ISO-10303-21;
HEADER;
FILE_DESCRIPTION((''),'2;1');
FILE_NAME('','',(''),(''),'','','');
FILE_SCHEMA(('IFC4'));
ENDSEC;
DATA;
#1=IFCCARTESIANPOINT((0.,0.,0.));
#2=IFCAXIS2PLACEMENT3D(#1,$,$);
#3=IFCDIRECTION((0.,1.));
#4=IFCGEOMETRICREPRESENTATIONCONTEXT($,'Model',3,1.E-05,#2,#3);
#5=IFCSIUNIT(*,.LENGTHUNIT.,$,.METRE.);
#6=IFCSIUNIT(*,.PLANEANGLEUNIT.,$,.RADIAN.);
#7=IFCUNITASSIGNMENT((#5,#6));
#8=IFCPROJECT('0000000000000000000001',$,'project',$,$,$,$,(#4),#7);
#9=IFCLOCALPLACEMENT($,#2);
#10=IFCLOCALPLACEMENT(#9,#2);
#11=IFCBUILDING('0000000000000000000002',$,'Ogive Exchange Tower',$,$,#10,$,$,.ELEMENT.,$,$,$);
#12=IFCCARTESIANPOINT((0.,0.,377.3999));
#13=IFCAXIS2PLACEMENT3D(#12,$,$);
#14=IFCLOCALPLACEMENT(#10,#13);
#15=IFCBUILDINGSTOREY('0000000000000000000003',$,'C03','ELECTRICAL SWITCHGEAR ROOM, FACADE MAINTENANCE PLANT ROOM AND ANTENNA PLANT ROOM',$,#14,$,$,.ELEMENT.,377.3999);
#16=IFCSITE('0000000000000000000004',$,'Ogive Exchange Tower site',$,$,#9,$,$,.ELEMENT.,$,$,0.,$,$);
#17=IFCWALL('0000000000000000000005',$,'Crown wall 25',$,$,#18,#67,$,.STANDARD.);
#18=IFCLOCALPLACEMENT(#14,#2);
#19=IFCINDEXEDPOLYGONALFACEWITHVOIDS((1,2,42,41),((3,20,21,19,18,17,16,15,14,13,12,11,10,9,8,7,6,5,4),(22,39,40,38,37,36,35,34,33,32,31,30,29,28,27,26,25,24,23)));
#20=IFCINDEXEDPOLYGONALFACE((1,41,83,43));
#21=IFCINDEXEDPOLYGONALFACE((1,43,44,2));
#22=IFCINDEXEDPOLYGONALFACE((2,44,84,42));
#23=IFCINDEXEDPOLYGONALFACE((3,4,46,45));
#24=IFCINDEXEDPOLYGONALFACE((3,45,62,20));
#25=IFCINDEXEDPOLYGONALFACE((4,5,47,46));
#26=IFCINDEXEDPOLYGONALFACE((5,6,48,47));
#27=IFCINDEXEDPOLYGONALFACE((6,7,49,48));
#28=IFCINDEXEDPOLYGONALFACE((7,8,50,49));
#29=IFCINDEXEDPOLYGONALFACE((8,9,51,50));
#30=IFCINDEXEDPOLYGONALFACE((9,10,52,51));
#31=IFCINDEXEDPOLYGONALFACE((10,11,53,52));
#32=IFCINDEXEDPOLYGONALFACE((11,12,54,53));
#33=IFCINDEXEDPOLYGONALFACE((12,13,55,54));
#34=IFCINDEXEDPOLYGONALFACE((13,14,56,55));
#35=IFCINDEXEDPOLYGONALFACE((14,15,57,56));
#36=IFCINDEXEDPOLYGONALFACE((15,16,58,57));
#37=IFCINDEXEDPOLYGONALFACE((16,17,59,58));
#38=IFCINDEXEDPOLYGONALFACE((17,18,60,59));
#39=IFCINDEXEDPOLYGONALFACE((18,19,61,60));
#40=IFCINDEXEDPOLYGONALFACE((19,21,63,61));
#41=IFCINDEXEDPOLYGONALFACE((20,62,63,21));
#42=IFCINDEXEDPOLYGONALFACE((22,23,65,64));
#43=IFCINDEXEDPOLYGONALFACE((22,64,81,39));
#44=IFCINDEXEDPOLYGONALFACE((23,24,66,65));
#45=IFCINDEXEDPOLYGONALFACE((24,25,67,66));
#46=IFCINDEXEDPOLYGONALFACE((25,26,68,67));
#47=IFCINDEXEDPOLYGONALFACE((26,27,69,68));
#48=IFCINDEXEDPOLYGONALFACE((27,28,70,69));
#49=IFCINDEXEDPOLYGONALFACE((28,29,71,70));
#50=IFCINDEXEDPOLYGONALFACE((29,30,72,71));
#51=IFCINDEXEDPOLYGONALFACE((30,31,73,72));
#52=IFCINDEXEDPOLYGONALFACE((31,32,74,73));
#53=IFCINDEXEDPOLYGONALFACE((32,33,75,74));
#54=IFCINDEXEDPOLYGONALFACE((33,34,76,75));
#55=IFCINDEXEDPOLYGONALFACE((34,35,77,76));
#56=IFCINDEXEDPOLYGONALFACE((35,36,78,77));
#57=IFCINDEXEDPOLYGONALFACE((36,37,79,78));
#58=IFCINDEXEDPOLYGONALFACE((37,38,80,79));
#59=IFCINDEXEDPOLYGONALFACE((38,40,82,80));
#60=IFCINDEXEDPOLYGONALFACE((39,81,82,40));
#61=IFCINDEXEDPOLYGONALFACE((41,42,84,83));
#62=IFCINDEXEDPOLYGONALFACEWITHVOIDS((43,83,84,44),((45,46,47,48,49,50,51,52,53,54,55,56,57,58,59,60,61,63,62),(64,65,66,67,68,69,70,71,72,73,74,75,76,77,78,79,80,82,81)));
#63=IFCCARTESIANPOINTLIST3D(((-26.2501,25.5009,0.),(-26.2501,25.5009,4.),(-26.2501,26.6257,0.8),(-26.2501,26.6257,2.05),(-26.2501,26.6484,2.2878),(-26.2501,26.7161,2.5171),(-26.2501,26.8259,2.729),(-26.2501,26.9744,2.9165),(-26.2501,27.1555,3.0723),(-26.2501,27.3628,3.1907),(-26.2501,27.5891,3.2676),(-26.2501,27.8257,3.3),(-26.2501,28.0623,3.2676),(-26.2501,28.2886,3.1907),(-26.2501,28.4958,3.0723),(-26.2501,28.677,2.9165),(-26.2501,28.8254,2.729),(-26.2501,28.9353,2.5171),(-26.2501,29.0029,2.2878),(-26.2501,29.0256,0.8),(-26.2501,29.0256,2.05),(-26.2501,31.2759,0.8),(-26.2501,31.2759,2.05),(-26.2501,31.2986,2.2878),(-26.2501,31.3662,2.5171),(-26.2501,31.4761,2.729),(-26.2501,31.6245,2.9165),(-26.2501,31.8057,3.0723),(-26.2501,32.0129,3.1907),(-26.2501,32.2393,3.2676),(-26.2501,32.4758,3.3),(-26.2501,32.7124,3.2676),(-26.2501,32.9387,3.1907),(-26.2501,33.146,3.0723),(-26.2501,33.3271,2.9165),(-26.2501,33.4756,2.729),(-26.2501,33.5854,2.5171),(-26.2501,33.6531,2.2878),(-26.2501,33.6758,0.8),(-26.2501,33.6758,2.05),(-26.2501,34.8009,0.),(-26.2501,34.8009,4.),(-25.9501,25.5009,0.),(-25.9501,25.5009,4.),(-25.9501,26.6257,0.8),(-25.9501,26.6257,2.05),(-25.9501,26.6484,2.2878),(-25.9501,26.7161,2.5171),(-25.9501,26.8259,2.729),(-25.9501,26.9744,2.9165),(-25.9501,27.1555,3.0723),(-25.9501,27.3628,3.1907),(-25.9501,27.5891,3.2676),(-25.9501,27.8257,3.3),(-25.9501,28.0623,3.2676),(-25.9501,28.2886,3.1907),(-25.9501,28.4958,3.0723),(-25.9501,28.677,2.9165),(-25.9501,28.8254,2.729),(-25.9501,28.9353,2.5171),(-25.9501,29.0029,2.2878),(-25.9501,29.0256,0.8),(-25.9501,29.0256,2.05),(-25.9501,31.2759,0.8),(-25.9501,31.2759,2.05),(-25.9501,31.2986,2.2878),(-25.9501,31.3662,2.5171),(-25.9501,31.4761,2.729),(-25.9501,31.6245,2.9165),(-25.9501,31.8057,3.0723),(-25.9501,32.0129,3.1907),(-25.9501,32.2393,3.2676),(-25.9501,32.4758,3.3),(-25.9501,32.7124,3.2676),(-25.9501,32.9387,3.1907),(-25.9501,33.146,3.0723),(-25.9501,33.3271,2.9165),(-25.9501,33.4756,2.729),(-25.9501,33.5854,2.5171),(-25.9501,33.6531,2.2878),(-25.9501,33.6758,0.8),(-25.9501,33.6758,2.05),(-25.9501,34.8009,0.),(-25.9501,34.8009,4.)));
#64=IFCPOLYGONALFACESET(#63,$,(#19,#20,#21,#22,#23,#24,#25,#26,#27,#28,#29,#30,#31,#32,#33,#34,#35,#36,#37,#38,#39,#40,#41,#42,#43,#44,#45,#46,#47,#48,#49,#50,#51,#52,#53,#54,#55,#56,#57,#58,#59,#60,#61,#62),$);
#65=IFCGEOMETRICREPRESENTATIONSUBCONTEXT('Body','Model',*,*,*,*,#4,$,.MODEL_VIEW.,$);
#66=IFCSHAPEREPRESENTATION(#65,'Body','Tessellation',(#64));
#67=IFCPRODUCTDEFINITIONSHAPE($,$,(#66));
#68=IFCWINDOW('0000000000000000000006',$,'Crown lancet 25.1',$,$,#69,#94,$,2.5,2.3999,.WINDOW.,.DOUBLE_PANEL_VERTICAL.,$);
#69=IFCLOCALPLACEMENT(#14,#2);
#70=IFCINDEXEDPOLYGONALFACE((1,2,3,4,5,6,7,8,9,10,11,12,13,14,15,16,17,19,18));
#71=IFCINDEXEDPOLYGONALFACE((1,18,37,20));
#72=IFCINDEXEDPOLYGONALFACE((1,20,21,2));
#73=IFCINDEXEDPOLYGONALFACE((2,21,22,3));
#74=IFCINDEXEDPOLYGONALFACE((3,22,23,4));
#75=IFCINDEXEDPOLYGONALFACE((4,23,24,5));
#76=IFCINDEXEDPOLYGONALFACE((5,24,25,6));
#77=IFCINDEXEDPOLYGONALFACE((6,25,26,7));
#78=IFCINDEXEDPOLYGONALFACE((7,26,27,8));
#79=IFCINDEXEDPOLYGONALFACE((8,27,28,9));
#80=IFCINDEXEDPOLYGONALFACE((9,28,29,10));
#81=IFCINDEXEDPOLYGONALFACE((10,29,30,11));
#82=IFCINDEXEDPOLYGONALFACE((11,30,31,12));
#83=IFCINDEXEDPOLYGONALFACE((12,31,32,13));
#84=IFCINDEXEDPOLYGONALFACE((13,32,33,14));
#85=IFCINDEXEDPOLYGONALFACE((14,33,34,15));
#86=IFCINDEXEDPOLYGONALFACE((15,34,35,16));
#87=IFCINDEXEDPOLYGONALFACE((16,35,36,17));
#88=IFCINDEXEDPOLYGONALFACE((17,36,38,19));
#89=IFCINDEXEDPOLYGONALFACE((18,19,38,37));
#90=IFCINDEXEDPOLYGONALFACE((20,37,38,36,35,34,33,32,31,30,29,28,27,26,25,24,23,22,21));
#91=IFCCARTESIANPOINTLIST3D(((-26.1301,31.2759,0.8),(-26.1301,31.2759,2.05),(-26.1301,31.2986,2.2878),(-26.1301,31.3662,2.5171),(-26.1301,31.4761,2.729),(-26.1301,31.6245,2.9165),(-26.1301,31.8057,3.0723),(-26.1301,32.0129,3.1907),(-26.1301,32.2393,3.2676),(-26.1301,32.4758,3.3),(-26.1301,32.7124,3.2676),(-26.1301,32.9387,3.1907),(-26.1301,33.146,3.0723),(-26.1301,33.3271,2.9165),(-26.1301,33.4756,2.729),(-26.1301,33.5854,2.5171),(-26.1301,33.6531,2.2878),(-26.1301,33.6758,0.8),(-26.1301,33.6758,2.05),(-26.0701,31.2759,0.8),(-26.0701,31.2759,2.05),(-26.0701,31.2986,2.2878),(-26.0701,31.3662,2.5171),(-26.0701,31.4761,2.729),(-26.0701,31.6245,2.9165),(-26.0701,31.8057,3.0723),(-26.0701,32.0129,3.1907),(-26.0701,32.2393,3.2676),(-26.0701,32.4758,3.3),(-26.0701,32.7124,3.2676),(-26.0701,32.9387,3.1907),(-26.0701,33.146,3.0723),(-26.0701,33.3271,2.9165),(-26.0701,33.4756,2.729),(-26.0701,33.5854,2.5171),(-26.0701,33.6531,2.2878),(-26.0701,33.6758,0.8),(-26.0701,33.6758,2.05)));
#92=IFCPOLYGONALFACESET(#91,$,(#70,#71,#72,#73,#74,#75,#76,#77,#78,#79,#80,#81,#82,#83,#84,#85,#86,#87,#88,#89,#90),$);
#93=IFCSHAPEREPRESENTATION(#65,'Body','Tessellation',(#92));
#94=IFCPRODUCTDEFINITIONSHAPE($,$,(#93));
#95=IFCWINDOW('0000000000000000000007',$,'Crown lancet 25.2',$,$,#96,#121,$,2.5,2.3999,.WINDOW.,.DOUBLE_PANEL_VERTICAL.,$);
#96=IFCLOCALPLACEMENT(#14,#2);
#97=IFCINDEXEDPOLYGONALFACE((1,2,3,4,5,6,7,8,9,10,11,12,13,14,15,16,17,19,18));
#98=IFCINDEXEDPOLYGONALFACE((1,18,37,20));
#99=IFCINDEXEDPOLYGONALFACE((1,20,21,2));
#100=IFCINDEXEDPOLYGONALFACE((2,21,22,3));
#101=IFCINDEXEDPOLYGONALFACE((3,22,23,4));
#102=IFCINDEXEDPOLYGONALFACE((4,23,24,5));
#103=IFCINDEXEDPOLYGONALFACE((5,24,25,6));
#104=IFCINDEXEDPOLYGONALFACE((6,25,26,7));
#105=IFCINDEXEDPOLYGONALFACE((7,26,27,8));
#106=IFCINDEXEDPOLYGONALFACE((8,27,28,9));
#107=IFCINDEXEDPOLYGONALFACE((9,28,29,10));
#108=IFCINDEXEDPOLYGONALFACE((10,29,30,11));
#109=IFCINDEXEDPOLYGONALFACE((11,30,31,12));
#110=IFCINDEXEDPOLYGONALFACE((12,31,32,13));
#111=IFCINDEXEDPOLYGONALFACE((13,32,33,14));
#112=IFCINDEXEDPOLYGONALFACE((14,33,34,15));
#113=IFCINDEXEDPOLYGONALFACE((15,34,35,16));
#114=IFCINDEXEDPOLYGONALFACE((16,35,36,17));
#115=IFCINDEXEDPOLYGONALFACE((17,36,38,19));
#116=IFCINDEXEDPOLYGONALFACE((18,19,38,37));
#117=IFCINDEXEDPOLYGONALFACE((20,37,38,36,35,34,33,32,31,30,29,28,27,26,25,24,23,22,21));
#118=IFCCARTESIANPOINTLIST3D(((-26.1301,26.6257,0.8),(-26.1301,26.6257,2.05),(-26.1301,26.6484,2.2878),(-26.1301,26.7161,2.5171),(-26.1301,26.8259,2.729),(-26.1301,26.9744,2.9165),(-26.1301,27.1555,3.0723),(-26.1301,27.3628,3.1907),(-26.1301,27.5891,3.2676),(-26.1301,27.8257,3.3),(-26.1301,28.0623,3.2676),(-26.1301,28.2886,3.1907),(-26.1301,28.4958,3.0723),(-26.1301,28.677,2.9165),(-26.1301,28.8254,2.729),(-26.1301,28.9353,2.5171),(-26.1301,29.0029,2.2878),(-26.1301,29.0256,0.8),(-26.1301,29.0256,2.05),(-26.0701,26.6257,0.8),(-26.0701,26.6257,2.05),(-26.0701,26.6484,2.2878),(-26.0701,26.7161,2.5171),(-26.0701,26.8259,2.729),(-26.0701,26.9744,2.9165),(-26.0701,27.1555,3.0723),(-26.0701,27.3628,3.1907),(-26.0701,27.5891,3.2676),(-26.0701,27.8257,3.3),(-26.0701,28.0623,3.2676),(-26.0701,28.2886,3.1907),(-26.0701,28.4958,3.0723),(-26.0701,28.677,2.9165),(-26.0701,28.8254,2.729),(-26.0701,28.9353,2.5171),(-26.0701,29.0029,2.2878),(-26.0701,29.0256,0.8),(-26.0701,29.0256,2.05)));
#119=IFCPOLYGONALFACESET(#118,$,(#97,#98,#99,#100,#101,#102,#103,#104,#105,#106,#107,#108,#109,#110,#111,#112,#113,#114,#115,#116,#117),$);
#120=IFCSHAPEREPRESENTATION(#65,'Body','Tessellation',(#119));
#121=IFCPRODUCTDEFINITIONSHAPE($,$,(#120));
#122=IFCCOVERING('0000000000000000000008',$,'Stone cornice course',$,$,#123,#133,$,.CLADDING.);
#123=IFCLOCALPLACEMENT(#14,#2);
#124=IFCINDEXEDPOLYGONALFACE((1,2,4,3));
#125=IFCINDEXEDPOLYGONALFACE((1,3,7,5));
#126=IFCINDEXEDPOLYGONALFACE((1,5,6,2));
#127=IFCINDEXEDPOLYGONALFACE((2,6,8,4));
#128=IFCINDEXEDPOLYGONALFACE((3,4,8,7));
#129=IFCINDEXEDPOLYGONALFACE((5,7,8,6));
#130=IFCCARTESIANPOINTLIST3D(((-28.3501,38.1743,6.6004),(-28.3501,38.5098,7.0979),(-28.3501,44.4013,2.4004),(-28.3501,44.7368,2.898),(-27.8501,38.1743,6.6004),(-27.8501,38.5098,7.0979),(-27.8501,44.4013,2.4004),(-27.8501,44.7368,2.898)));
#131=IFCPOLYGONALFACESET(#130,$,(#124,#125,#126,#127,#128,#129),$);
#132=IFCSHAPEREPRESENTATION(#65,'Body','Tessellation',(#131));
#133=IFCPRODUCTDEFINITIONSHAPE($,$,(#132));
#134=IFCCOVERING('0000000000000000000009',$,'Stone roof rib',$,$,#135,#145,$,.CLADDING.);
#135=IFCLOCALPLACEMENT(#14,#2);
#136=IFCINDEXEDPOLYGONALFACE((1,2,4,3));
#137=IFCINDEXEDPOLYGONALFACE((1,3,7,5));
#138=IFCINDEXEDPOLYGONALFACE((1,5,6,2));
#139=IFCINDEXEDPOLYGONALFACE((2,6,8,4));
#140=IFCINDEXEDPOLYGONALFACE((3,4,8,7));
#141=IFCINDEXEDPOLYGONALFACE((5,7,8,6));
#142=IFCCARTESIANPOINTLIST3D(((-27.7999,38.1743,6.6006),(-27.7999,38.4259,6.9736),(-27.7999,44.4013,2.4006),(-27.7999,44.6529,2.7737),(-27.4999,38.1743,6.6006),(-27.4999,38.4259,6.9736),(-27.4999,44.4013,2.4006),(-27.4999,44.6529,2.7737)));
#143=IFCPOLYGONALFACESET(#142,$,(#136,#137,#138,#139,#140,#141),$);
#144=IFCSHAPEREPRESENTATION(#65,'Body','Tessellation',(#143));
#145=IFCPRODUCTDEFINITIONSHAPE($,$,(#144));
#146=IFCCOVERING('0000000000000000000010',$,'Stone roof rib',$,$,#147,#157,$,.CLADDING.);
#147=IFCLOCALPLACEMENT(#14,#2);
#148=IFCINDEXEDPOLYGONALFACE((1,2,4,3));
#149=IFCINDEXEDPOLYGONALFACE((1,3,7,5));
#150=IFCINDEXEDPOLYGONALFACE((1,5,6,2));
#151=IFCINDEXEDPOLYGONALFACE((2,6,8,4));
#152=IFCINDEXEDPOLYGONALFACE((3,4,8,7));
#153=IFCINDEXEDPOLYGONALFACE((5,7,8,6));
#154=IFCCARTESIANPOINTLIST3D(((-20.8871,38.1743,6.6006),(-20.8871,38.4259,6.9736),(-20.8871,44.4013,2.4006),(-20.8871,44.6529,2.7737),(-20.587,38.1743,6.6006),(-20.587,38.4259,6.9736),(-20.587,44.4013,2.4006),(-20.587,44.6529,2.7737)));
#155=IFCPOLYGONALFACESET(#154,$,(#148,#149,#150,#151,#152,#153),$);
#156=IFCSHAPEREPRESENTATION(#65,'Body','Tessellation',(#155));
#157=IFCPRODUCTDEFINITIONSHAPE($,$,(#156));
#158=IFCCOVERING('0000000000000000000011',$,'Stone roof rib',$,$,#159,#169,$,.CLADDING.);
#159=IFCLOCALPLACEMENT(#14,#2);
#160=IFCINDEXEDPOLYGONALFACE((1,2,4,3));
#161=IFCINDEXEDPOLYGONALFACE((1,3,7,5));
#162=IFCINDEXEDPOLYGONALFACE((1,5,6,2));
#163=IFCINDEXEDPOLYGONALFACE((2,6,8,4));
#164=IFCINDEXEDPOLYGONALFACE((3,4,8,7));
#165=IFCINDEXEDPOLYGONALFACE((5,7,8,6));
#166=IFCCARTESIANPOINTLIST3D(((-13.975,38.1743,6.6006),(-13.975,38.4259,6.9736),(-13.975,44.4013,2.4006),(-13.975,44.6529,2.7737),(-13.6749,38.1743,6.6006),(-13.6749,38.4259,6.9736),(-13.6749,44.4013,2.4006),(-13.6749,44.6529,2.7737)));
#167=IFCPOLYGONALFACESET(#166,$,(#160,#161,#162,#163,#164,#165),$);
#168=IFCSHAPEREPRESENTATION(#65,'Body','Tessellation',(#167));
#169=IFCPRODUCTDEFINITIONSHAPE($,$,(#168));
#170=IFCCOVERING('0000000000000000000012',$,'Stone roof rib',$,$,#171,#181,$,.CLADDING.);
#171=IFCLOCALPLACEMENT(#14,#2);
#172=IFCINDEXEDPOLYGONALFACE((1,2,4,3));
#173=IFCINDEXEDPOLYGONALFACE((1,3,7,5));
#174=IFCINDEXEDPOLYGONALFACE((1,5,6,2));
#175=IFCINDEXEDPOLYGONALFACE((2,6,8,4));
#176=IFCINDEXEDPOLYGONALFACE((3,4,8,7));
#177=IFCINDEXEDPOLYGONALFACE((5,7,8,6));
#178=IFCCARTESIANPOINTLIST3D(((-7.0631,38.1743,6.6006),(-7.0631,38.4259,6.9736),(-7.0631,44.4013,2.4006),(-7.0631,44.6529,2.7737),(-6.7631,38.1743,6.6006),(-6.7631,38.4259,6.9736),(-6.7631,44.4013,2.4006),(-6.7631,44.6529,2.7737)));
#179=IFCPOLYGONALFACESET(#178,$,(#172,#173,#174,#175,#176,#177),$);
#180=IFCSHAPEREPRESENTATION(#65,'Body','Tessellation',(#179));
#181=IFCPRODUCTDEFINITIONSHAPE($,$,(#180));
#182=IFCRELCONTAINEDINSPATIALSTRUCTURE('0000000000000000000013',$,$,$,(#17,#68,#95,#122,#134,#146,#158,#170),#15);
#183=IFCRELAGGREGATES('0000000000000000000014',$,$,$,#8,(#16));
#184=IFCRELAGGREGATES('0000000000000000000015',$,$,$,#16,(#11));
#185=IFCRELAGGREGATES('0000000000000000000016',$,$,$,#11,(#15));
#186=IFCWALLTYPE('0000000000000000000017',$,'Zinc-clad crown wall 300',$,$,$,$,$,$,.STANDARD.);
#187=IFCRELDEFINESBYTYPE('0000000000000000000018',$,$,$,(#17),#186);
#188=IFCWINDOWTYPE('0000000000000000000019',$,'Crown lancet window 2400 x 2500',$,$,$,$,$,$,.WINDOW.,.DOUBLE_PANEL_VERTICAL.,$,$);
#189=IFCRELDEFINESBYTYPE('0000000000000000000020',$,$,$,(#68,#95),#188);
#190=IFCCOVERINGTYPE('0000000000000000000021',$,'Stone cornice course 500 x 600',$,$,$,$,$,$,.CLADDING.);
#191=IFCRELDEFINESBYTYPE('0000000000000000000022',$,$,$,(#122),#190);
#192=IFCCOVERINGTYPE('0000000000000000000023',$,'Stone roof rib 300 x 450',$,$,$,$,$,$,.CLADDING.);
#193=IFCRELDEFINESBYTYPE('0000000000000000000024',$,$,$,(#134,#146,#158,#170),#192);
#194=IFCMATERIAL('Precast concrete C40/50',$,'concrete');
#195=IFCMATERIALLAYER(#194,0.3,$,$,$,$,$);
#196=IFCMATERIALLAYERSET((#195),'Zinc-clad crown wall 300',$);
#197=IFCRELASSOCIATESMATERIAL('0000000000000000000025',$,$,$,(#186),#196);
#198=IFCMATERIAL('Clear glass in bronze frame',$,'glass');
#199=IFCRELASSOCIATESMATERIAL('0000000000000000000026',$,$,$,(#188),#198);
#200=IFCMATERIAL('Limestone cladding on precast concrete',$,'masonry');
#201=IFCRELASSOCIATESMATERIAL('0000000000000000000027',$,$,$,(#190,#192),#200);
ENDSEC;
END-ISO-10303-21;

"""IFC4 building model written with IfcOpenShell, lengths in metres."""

from ifc_helpers import new_model, si_unit, direction, frame, frame_2d, origin, origin_2d, place, context, subcontext, project, spatial, polyline, rectangle, outline, extrude, material, layer, layer_set, material_profile, profile_set, type_object, element, fill, save


model = new_model("IFC4")

# Units and contexts
model_context = context("Model", 3, precision=1e-05, world=origin(), true_north=direction((0.0, 1.0)))
body_context = subcontext(model_context, "Body", "Model", "MODEL_VIEW")
ifc_project = project(units=[si_unit("LENGTHUNIT", "METRE"), si_unit("PLANEANGLEUNIT", "RADIAN")], contexts=[model_context])

# Site, building, storey
site_placement = place(None, origin())
site = spatial("IfcSite", under=ifc_project, at=site_placement, Name="Ogive Exchange Tower site", CompositionType="ELEMENT", RefElevation=0.0)
building_placement = place(site_placement, origin())
building = spatial("IfcBuilding", under=site, at=building_placement, Name="Ogive Exchange Tower", CompositionType="ELEMENT")
storey_placement = place(building_placement, frame((0.0, 0.0, 377.3999)))
storey = spatial("IfcBuildingStorey", under=building, at=storey_placement, Name="C03", Description="ELECTRICAL SWITCHGEAR ROOM, FACADE MAINTENANCE PLANT ROOM AND ANTENNA PLANT ROOM", CompositionType="ELEMENT", Elevation=377.3999)

# Shared definitions
ifc_material_1 = material(Name="Precast concrete C40/50", Category="concrete")

# Shared definitions
ifc_layer_1 = layer(ifc_material_1, 0.3)
ifc_layer_set_1 = layer_set([ifc_layer_1], Name="Zinc-clad crown wall 300")
wall_type_1 = type_object("IfcWallType", Name="Zinc-clad crown wall 300", PredefinedType="STANDARD", material=ifc_layer_set_1)

# Shared definitions
ifc_material_2 = material(Name="Clear glass in bronze frame", Category="glass")

# Wall, openings, windows
wall_1_placement = place(storey_placement, frame((-26.1001, 34.8008, 0.0), z_axis=(0.0, 0.0, 1.0), x_axis=(0.0, -1.0, 0.0)))
wall_1 = element("IfcWall", 1, at=wall_1_placement, inside=storey, type_object=wall_type_1, Name="Crown wall 25", PredefinedType="STANDARD", context=body_context, shape_type="SweptSolid", body=[
    extrude(rectangle(XDim=9.3, YDim=0.3, at=frame_2d((4.6499, 0.0))), origin(), (0.0, 0.0, 1.0), 4.0),
])
opening_1_placement = place(wall_1_placement, frame((1.125, 0.0, 0.8)))
opening_1 = element("IfcOpeningElement", 2, at=opening_1_placement, cuts=wall_1, PredefinedType="OPENING", context=body_context, shape_type="SweptSolid", body=[
    extrude(outline(polyline([(0.0, 0.0), (2.3999, 0.0), (2.3999, 1.25), (2.3772, 1.4878), (2.3096, 1.717), (2.1997, 1.929), (2.0513, 2.1165), (1.8701, 2.2722), (1.6628, 2.3906), (1.4365, 2.4675), (1.2, 2.5), (0.9634, 2.4675), (0.7371, 2.3906), (0.5298, 2.2722), (0.3486, 2.1165), (0.2002, 1.929), (0.0903, 1.717), (0.0227, 1.4878), (0.0, 1.25), (0.0, 0.0)])), frame((0.0, 0.1599, 0.0), z_axis=(0.0, -1.0, 0.0), x_axis=(1.0, 0.0, 0.0)), (0.0, 0.0, 1.0), 0.3201),
])
opening_2_placement = place(wall_1_placement, frame((5.7751, 0.0, 0.8)))
opening_2 = element("IfcOpeningElement", 3, at=opening_2_placement, cuts=wall_1, PredefinedType="OPENING", context=body_context, shape_type="SweptSolid", body=[
    extrude(outline(polyline([(0.0, 0.0), (2.3999, 0.0), (2.3999, 1.25), (2.3772, 1.4878), (2.3096, 1.717), (2.1997, 1.929), (2.0513, 2.1165), (1.8701, 2.2722), (1.6628, 2.3906), (1.4365, 2.4675), (1.2, 2.5), (0.9634, 2.4675), (0.7371, 2.3906), (0.5298, 2.2722), (0.3486, 2.1165), (0.2002, 1.929), (0.0903, 1.717), (0.0227, 1.4878), (0.0, 1.25), (0.0, 0.0)])), frame((0.0, 0.1599, 0.0), z_axis=(0.0, -1.0, 0.0), x_axis=(1.0, 0.0, 0.0)), (0.0, 0.0, 1.0), 0.3201),
])
window_type_1 = type_object("IfcWindowType", Name="Crown lancet window 2400 x 2500", PartitioningType="DOUBLE_PANEL_VERTICAL", PredefinedType="WINDOW", material=ifc_material_2)
window_1_placement = place(opening_1_placement, origin())
window_1 = element("IfcWindow", 4, at=window_1_placement, inside=storey, type_object=window_type_1, Name="Crown lancet 25.1", OverallHeight=2.5, OverallWidth=2.3999, PartitioningType="DOUBLE_PANEL_VERTICAL", PredefinedType="WINDOW", context=body_context, shape_type="SweptSolid", body=[
    extrude(outline(polyline([(0.0, 0.0), (2.3999, 0.0), (2.3999, 1.25), (2.3772, 1.4878), (2.3096, 1.717), (2.1997, 1.929), (2.0513, 2.1165), (1.8701, 2.2722), (1.6628, 2.3906), (1.4365, 2.4675), (1.2, 2.5), (0.9634, 2.4675), (0.7371, 2.3906), (0.5298, 2.2722), (0.3486, 2.1165), (0.2002, 1.929), (0.0903, 1.717), (0.0227, 1.4878), (0.0, 1.25), (0.0, 0.0)])), frame((0.0, 0.03, 0.0), z_axis=(0.0, -1.0, 0.0), x_axis=(1.0, 0.0, 0.0)), (0.0, 0.0, 1.0), 0.0601),
])
fill(opening_1, window_1)
window_2_placement = place(opening_2_placement, origin())
window_2 = element("IfcWindow", 5, at=window_2_placement, inside=storey, type_object=window_type_1, Name="Crown lancet 25.2", OverallHeight=2.5, OverallWidth=2.3999, PartitioningType="DOUBLE_PANEL_VERTICAL", PredefinedType="WINDOW", context=body_context, shape_type="SweptSolid", body=[
    extrude(outline(polyline([(0.0, 0.0), (2.3999, 0.0), (2.3999, 1.25), (2.3772, 1.4878), (2.3096, 1.717), (2.1997, 1.929), (2.0513, 2.1165), (1.8701, 2.2722), (1.6628, 2.3906), (1.4365, 2.4675), (1.2, 2.5), (0.9634, 2.4675), (0.7371, 2.3906), (0.5298, 2.2722), (0.3486, 2.1165), (0.2002, 1.929), (0.0903, 1.717), (0.0227, 1.4878), (0.0, 1.25), (0.0, 0.0)])), frame((0.0, 0.03, 0.0), z_axis=(0.0, -1.0, 0.0), x_axis=(1.0, 0.0, 0.0)), (0.0, 0.0, 1.0), 0.0601),
])
fill(opening_2, window_2)

# Coverings
ifc_material_3 = material(Name="Limestone cladding on precast concrete", Category="masonry")
ifc_material_profile_1 = material_profile(ifc_material_3, rectangle(XDim=0.5, YDim=0.6001, at=origin_2d()), Name="CORNICE 500 x 600")
ifc_profile_set_1 = profile_set([ifc_material_profile_1], Name="Limestone cladding on precast concrete")
covering_type_1 = type_object("IfcCoveringType", Name="Stone cornice course 500 x 600", PredefinedType="CLADDING", material=ifc_profile_set_1)
covering_1_placement = place(storey_placement, frame((-28.1001, 38.342, 6.8491), z_axis=(0.0, 0.829053, -0.55917), x_axis=(-1.0, 0.0, 0.0)))
element("IfcCovering", 6, at=covering_1_placement, inside=storey, type_object=covering_type_1, Name="Stone cornice course", PredefinedType="CLADDING", context=body_context, shape_type="SweptSolid", body=[
    extrude(rectangle(XDim=0.5, YDim=0.6001, at=origin_2d()), origin(), (0.0, 0.0, 1.0), 7.511),
])
ifc_material_profile_2 = material_profile(ifc_material_3, rectangle(XDim=0.3, YDim=0.45, at=origin_2d()), Name="RIB 300 x 450")
ifc_profile_set_2 = profile_set([ifc_material_profile_2], Name="Limestone cladding on precast concrete")
covering_type_2 = type_object("IfcCoveringType", Name="Stone roof rib 300 x 450", PredefinedType="CLADDING", material=ifc_profile_set_2)
for number, where, z_axis, x_axis, name in (
    (7, (-27.6499, 44.5271, 2.5872), (0.0, -0.829053, 0.55917), (1.0, 0.0, 0.0), "Stone roof rib"),
    (8, (-20.7371, 44.5271, 2.5872), (0.0, -0.829053, 0.55917), (1.0, 0.0, 0.0), "Stone roof rib"),
    (9, (-13.825, 44.5271, 2.5872), (0.0, -0.829053, 0.55917), (1.0, 0.0, 0.0), "Stone roof rib"),
    (10, (-6.9131, 44.5271, 2.5872), (0.0, -0.829053, 0.55917), (1.0, 0.0, 0.0), "Stone roof rib"),
):
    element("IfcCovering", number, at=place(storey_placement, frame(where, z_axis=z_axis, x_axis=x_axis)), inside=storey, type_object=covering_type_2, Name=name, PredefinedType="CLADDING", context=body_context, shape_type="SweptSolid", body=[
        extrude(rectangle(XDim=0.3, YDim=0.45, at=origin_2d()), origin(), (0.0, 0.0, 1.0), 7.511),
    ])

save(model, "model.ifc")
